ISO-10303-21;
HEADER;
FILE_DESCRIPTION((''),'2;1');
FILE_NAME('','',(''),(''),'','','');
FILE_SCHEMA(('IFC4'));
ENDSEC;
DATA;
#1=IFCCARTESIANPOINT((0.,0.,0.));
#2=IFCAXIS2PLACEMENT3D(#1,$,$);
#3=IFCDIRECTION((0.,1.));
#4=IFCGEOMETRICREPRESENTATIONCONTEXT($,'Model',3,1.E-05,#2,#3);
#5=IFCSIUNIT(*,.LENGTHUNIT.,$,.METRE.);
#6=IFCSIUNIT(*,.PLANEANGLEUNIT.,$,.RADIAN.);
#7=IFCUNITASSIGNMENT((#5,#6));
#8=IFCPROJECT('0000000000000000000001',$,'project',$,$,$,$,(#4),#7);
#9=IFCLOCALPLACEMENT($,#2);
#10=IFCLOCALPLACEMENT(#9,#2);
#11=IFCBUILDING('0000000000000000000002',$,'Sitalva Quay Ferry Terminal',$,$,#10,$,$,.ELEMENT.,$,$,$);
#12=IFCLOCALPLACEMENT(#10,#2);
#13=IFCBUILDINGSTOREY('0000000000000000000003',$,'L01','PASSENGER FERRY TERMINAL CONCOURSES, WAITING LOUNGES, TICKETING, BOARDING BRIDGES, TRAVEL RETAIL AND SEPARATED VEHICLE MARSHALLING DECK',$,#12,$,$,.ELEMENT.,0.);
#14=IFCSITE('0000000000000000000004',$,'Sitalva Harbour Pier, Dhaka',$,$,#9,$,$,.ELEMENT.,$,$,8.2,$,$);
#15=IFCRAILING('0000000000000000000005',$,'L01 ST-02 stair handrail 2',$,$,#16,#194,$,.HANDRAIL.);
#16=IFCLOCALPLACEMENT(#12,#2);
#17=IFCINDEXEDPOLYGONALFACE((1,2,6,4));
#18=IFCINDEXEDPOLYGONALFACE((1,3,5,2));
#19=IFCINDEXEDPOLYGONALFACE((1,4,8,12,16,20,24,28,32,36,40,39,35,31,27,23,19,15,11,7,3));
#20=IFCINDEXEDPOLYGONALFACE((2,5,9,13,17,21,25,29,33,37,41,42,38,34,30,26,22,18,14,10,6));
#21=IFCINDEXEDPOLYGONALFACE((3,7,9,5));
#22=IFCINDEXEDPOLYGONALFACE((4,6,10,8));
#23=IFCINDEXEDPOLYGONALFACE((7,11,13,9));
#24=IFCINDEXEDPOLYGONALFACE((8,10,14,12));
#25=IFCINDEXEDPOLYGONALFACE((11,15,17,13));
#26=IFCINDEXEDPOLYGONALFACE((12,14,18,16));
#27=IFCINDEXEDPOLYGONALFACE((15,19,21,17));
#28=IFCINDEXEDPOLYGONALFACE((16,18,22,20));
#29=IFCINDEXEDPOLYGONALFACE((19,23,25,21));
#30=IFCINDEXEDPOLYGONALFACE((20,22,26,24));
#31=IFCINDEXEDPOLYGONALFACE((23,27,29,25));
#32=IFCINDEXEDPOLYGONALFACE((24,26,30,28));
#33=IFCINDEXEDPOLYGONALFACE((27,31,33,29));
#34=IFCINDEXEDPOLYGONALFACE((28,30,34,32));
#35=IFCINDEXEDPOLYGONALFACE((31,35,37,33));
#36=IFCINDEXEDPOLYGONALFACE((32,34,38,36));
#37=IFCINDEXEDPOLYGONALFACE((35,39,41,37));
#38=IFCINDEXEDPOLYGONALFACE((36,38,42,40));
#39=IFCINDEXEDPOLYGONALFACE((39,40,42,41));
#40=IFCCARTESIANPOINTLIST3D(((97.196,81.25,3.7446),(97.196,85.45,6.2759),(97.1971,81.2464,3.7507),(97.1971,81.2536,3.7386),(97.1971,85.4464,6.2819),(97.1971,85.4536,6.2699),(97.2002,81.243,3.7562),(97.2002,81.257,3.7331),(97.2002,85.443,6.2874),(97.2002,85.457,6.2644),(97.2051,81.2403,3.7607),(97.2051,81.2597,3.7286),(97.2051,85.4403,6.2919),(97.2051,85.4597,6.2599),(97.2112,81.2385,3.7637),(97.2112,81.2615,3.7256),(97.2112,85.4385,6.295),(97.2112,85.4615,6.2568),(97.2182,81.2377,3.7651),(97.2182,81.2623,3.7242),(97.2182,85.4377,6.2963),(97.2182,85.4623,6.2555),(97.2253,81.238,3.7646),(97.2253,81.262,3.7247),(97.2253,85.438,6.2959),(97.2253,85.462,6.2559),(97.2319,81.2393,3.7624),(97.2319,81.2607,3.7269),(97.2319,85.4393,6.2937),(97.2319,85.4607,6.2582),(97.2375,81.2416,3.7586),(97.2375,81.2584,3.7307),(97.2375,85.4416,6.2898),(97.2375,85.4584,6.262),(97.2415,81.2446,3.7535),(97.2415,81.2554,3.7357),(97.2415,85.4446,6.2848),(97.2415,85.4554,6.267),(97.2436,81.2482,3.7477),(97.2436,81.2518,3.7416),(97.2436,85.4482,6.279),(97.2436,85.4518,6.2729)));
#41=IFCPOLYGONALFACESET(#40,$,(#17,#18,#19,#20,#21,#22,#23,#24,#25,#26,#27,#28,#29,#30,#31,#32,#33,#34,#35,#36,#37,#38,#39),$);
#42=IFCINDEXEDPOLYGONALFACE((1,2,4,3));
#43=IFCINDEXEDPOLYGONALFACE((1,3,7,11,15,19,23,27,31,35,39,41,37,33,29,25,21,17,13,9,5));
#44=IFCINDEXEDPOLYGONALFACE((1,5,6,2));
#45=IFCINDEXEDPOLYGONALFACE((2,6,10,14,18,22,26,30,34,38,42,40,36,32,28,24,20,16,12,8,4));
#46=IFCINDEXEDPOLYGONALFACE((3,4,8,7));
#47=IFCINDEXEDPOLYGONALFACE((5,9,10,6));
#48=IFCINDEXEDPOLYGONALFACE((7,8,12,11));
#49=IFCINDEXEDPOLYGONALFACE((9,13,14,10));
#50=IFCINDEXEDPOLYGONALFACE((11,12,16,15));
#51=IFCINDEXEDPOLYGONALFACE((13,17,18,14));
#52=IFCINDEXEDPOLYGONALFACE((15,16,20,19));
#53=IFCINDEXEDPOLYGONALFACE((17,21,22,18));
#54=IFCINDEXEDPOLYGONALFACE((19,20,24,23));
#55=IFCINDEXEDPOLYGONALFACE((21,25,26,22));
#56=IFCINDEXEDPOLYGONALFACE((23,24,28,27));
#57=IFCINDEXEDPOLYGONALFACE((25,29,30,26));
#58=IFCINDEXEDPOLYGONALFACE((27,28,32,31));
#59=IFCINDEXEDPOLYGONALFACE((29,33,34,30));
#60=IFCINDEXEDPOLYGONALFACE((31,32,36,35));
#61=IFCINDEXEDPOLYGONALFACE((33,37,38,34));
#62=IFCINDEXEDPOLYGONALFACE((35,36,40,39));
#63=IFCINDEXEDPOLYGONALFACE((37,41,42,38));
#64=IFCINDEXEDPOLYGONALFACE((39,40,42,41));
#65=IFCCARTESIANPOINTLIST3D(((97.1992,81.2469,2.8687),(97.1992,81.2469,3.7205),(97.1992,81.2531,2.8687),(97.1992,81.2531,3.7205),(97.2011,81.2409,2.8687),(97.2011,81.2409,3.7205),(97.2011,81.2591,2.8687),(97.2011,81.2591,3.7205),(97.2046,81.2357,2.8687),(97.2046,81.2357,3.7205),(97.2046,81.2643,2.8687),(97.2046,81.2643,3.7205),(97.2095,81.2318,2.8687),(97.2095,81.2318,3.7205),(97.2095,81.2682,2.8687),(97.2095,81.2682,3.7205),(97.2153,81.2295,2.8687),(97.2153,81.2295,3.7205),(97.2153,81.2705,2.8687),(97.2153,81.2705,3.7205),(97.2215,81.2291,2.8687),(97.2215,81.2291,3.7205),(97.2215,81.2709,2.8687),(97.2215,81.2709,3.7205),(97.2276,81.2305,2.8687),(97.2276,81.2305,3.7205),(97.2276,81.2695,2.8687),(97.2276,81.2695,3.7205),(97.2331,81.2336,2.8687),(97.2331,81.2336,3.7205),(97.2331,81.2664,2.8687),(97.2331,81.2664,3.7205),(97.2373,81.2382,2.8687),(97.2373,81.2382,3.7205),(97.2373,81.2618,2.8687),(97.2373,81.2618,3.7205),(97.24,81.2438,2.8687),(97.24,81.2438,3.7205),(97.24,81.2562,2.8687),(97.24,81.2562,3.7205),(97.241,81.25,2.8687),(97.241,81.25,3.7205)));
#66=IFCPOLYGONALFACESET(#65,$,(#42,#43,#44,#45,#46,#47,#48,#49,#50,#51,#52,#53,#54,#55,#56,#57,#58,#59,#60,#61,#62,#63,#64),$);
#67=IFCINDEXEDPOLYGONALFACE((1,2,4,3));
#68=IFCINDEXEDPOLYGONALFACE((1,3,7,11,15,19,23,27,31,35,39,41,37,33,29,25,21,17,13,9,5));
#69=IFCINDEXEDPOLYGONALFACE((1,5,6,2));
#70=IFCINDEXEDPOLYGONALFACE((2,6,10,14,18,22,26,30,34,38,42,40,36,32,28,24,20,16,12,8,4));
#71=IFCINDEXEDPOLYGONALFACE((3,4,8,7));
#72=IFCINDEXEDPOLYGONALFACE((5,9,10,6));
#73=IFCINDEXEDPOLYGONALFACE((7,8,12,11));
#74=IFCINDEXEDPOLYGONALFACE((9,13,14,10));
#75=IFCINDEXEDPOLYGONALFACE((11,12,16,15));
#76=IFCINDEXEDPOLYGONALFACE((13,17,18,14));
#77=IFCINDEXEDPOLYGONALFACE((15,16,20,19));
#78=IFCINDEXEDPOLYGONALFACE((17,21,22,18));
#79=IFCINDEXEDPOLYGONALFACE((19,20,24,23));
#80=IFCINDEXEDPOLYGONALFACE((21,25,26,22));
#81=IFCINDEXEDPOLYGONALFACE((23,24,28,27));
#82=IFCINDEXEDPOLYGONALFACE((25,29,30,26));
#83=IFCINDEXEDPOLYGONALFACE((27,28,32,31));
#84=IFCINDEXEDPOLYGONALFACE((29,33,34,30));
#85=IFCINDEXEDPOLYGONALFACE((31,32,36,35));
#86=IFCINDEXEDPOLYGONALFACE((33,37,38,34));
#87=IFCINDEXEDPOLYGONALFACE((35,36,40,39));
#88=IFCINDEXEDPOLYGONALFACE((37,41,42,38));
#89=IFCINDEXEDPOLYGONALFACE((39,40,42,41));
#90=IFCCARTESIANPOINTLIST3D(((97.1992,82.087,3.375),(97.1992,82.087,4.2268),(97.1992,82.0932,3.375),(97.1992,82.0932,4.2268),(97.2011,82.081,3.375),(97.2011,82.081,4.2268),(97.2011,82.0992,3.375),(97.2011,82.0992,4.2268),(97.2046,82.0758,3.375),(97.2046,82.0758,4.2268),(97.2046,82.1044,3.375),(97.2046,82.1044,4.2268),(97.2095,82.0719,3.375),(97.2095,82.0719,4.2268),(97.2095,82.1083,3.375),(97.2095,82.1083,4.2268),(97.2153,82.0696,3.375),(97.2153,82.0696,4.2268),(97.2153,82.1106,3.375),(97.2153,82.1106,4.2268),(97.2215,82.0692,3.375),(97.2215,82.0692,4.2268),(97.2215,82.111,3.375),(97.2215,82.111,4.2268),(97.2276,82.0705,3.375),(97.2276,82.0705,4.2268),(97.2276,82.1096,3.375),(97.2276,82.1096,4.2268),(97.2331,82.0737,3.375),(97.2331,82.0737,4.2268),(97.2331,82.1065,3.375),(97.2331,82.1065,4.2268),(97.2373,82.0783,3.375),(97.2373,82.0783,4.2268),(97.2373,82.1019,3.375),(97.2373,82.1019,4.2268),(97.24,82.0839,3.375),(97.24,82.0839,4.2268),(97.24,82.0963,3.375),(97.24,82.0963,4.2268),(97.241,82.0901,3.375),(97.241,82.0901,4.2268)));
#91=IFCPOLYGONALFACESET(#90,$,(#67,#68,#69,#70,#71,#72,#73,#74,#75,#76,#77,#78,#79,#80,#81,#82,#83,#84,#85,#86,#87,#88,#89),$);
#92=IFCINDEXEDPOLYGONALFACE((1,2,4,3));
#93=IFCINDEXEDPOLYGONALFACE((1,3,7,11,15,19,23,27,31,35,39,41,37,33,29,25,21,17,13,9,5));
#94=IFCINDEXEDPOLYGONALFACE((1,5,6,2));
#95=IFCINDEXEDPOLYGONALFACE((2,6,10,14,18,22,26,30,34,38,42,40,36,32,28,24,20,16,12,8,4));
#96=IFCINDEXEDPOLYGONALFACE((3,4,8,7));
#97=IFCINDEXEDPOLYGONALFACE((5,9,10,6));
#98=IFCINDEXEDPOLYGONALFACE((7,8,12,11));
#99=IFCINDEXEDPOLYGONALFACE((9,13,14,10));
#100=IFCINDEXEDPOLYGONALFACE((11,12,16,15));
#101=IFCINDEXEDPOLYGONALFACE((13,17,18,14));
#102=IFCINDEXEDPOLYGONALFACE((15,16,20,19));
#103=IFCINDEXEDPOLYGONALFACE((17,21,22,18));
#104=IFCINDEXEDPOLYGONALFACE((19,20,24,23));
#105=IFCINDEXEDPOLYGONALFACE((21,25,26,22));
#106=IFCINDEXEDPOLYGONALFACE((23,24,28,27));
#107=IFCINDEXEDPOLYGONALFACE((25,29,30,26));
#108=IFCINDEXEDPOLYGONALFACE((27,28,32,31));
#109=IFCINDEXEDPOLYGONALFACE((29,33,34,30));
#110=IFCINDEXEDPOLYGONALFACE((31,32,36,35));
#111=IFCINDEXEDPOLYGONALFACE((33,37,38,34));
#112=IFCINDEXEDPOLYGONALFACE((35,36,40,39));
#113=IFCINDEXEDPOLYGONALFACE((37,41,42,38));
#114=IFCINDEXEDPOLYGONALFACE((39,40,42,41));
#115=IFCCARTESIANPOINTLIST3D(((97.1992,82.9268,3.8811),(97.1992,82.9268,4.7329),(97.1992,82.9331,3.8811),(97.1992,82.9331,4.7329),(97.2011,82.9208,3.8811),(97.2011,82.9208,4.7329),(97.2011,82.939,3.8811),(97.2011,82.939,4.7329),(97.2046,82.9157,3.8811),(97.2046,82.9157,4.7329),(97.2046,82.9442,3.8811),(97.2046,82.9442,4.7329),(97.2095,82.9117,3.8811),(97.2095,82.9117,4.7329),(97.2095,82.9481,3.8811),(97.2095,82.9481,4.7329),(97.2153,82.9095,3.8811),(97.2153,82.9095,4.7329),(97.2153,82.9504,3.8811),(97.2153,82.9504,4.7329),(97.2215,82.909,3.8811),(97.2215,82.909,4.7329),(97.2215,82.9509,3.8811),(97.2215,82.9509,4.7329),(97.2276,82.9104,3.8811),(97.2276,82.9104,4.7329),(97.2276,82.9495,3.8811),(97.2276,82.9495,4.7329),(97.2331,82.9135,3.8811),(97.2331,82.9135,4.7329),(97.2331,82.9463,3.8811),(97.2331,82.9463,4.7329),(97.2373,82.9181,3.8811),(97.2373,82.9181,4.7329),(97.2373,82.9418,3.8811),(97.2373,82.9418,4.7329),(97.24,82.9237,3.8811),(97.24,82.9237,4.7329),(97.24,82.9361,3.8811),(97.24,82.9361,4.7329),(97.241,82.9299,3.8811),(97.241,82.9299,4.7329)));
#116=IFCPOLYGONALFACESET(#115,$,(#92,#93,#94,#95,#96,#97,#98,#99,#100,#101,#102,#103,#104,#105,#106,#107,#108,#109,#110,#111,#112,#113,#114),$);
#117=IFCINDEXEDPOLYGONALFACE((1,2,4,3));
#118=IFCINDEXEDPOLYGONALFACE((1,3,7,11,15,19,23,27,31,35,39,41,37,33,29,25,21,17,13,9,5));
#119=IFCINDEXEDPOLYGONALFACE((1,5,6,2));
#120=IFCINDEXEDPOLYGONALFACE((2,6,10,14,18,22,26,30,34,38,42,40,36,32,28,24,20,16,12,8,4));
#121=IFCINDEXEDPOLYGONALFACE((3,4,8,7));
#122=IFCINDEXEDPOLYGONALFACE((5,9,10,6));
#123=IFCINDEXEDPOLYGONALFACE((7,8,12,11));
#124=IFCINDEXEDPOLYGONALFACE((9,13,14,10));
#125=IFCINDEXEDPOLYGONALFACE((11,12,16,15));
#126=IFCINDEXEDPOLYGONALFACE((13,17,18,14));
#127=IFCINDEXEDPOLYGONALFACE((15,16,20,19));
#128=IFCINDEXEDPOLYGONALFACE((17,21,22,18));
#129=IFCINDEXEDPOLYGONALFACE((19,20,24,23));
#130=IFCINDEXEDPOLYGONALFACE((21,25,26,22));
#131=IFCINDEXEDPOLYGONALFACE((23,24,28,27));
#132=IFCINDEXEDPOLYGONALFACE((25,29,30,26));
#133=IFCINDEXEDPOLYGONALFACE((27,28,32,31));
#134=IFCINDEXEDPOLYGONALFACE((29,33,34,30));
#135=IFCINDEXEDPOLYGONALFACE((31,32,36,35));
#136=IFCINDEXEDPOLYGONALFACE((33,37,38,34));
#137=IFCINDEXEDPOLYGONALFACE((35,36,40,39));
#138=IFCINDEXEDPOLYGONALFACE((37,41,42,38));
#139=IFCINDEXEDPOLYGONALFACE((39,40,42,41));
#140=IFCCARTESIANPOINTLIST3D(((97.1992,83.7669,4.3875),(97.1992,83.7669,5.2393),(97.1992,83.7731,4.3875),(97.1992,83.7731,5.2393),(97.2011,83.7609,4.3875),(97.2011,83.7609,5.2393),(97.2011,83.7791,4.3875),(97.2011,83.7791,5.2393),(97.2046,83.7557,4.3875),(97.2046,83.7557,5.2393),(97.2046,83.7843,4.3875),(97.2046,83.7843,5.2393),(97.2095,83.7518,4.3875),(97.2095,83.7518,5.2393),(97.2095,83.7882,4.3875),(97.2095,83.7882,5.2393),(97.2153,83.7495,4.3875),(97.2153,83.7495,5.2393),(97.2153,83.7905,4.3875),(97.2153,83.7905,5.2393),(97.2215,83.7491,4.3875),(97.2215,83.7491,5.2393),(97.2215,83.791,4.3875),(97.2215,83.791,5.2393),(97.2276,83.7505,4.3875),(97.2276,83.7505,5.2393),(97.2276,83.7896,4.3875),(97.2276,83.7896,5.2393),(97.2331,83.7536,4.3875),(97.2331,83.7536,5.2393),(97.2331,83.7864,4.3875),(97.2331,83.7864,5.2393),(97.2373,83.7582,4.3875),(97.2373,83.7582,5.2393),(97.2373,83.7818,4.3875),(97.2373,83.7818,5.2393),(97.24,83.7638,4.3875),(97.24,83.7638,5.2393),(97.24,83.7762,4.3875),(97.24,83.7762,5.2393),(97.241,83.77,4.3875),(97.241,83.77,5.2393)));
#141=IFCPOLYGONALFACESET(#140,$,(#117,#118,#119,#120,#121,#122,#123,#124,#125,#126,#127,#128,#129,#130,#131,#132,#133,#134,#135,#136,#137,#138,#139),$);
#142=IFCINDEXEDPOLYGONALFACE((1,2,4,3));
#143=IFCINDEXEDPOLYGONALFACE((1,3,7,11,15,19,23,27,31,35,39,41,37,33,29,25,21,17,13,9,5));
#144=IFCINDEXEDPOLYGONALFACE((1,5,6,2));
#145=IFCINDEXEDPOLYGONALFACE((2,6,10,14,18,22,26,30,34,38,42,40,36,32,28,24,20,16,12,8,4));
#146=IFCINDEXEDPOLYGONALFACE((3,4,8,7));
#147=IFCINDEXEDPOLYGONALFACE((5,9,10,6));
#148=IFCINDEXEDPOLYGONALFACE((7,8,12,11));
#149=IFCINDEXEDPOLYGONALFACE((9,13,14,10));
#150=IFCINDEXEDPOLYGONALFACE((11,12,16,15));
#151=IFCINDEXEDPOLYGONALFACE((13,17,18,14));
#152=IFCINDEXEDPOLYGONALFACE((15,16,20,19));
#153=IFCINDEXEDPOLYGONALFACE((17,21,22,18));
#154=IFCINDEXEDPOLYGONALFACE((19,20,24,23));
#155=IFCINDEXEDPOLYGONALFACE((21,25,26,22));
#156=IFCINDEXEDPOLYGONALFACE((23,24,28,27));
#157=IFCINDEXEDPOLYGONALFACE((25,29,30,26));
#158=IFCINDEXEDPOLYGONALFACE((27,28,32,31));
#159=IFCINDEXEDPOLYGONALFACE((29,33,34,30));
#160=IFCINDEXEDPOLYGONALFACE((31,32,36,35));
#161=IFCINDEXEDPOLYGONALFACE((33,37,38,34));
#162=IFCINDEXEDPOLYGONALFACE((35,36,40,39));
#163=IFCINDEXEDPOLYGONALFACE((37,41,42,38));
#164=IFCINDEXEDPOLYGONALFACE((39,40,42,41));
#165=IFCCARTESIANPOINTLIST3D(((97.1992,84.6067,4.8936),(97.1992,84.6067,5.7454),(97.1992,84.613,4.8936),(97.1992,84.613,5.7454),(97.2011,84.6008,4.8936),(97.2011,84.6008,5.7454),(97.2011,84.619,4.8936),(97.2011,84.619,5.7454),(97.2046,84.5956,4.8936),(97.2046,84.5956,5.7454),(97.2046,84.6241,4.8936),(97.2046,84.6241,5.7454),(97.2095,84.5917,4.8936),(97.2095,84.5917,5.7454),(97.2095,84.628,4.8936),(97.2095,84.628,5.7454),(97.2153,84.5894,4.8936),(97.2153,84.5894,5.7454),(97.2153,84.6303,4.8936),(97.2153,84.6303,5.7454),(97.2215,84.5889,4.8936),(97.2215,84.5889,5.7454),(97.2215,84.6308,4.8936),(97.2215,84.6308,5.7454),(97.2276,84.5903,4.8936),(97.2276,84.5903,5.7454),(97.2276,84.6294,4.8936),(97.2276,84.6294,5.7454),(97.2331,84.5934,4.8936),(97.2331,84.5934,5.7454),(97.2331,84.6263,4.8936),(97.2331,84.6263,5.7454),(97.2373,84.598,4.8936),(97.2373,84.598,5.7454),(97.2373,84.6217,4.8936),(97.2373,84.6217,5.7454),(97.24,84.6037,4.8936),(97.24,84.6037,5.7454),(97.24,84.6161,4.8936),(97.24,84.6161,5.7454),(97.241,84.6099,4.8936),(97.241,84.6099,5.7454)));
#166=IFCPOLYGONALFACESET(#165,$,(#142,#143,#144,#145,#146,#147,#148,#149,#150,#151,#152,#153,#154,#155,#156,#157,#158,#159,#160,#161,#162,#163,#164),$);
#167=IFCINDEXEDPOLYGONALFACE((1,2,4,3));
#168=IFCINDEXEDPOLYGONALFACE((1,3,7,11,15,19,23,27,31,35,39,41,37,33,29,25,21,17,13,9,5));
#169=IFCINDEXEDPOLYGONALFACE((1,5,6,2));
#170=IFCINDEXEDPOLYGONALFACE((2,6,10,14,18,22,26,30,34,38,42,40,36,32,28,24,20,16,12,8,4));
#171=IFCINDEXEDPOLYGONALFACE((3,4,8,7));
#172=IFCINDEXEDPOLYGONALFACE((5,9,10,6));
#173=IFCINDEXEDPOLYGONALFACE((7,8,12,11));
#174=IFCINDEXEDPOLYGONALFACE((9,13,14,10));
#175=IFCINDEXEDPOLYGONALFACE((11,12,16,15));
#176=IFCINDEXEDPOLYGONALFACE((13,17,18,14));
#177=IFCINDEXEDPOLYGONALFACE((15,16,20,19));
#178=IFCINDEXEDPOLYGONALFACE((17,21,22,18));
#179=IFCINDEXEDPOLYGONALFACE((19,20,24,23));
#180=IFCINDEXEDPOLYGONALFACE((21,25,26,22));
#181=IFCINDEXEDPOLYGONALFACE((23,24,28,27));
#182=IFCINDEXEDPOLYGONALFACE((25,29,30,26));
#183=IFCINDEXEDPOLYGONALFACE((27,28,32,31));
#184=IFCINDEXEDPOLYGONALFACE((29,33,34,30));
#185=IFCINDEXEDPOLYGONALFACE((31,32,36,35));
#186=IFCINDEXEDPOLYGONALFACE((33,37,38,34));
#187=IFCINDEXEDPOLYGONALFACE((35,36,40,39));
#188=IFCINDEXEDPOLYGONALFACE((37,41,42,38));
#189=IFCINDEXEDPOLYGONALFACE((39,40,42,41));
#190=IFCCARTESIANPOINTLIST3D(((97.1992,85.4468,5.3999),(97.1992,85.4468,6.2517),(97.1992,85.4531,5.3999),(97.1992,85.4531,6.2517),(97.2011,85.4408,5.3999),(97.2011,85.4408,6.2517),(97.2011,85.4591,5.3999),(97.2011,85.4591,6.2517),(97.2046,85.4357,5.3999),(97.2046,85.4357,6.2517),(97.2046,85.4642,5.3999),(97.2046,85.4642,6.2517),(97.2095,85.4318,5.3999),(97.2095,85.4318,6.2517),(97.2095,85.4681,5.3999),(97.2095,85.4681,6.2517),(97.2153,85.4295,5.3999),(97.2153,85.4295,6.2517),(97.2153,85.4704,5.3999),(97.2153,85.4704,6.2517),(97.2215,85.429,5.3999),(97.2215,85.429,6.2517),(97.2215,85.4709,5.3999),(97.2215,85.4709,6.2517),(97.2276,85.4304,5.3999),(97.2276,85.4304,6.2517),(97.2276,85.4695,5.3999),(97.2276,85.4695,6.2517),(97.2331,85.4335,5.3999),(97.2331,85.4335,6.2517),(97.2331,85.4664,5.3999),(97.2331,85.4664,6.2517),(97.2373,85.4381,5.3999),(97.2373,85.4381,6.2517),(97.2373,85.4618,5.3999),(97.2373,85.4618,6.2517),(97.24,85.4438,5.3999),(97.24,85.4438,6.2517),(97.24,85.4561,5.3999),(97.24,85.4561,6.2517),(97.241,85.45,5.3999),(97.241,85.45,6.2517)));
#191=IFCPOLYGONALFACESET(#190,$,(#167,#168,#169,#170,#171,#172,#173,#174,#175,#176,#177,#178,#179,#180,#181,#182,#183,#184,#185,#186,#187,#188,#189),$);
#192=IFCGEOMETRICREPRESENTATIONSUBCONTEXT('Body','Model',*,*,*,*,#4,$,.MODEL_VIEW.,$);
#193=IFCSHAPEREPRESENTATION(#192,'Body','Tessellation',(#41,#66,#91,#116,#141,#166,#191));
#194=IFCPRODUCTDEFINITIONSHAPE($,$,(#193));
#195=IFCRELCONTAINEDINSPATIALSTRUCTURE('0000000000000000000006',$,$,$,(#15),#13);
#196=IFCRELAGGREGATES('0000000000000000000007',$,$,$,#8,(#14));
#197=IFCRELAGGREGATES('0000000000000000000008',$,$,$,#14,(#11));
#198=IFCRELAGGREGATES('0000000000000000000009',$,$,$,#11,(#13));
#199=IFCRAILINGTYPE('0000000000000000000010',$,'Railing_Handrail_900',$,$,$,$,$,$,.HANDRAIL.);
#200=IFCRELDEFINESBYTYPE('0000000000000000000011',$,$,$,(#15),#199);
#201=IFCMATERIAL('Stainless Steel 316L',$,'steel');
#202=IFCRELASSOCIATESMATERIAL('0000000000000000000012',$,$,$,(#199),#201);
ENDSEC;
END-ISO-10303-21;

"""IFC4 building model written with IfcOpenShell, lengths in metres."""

from ifc_helpers import new_model, si_unit, direction, frame, origin, origin_2d, place, context, subcontext, project, spatial, circle, extrude, material, type_object, element, save


model = new_model("IFC4")

# Units and contexts
model_context = context("Model", 3, precision=1e-05, world=origin(), true_north=direction((0.0, 1.0)))
body_context = subcontext(model_context, "Body", "Model", "MODEL_VIEW")
ifc_project = project(units=[si_unit("LENGTHUNIT", "METRE"), si_unit("PLANEANGLEUNIT", "RADIAN")], contexts=[model_context])

# Site, building, storey
site_placement = place(None, origin())
site = spatial("IfcSite", under=ifc_project, at=site_placement, Name="Sitalva Harbour Pier, Dhaka", CompositionType="ELEMENT", RefElevation=8.2)
building_placement = place(site_placement, origin())
building = spatial("IfcBuilding", under=site, at=building_placement, Name="Sitalva Quay Ferry Terminal", CompositionType="ELEMENT")
storey_placement = place(building_placement, origin())
storey = spatial("IfcBuildingStorey", under=building, at=storey_placement, Name="L01", Description="PASSENGER FERRY TERMINAL CONCOURSES, WAITING LOUNGES, TICKETING, BOARDING BRIDGES, TRAVEL RETAIL AND SEPARATED VEHICLE MARSHALLING DECK", CompositionType="ELEMENT", Elevation=0.0)

# Railing
ifc_material_1 = material(Name="Stainless Steel 316L", Category="steel")
railing_type_1 = type_object("IfcRailingType", Name="Railing_Handrail_900", PredefinedType="HANDRAIL", material=ifc_material_1)
railing_1_placement = place(storey_placement, frame((97.22, 81.25, 2.8687)))
element("IfcRailing", 1, at=railing_1_placement, inside=storey, type_object=railing_type_1, Name="L01 ST-02 stair handrail 2", PredefinedType="HANDRAIL", context=body_context, shape_type="SweptSolid", body=[
    extrude(circle(Radius=0.0239, at=origin_2d()), frame((0.0, 0.0, 0.876), z_axis=(0.0, 0.856476, 0.516186), x_axis=(-1.0, 0.0, 0.0)), (0.0, 0.0, 1.0), 4.9038),
    extrude(circle(Radius=0.021, at=origin_2d()), origin(), (0.0, 0.0, 1.0), 0.8518),
    extrude(circle(Radius=0.021, at=origin_2d()), frame((0.0, 0.8401, 0.5063)), (0.0, 0.0, 1.0), 0.8518),
    extrude(circle(Radius=0.021, at=origin_2d()), frame((0.0, 1.6799, 1.0125)), (0.0, 0.0, 1.0), 0.8518),
    extrude(circle(Radius=0.021, at=origin_2d()), frame((0.0, 2.52, 1.5188)), (0.0, 0.0, 1.0), 0.8518),
    extrude(circle(Radius=0.021, at=origin_2d()), frame((0.0, 3.3599, 2.0249)), (0.0, 0.0, 1.0), 0.8518),
    extrude(circle(Radius=0.021, at=origin_2d()), frame((0.0, 4.2, 2.5312)), (0.0, 0.0, 1.0), 0.8518),
])

save(model, "model.ifc")
